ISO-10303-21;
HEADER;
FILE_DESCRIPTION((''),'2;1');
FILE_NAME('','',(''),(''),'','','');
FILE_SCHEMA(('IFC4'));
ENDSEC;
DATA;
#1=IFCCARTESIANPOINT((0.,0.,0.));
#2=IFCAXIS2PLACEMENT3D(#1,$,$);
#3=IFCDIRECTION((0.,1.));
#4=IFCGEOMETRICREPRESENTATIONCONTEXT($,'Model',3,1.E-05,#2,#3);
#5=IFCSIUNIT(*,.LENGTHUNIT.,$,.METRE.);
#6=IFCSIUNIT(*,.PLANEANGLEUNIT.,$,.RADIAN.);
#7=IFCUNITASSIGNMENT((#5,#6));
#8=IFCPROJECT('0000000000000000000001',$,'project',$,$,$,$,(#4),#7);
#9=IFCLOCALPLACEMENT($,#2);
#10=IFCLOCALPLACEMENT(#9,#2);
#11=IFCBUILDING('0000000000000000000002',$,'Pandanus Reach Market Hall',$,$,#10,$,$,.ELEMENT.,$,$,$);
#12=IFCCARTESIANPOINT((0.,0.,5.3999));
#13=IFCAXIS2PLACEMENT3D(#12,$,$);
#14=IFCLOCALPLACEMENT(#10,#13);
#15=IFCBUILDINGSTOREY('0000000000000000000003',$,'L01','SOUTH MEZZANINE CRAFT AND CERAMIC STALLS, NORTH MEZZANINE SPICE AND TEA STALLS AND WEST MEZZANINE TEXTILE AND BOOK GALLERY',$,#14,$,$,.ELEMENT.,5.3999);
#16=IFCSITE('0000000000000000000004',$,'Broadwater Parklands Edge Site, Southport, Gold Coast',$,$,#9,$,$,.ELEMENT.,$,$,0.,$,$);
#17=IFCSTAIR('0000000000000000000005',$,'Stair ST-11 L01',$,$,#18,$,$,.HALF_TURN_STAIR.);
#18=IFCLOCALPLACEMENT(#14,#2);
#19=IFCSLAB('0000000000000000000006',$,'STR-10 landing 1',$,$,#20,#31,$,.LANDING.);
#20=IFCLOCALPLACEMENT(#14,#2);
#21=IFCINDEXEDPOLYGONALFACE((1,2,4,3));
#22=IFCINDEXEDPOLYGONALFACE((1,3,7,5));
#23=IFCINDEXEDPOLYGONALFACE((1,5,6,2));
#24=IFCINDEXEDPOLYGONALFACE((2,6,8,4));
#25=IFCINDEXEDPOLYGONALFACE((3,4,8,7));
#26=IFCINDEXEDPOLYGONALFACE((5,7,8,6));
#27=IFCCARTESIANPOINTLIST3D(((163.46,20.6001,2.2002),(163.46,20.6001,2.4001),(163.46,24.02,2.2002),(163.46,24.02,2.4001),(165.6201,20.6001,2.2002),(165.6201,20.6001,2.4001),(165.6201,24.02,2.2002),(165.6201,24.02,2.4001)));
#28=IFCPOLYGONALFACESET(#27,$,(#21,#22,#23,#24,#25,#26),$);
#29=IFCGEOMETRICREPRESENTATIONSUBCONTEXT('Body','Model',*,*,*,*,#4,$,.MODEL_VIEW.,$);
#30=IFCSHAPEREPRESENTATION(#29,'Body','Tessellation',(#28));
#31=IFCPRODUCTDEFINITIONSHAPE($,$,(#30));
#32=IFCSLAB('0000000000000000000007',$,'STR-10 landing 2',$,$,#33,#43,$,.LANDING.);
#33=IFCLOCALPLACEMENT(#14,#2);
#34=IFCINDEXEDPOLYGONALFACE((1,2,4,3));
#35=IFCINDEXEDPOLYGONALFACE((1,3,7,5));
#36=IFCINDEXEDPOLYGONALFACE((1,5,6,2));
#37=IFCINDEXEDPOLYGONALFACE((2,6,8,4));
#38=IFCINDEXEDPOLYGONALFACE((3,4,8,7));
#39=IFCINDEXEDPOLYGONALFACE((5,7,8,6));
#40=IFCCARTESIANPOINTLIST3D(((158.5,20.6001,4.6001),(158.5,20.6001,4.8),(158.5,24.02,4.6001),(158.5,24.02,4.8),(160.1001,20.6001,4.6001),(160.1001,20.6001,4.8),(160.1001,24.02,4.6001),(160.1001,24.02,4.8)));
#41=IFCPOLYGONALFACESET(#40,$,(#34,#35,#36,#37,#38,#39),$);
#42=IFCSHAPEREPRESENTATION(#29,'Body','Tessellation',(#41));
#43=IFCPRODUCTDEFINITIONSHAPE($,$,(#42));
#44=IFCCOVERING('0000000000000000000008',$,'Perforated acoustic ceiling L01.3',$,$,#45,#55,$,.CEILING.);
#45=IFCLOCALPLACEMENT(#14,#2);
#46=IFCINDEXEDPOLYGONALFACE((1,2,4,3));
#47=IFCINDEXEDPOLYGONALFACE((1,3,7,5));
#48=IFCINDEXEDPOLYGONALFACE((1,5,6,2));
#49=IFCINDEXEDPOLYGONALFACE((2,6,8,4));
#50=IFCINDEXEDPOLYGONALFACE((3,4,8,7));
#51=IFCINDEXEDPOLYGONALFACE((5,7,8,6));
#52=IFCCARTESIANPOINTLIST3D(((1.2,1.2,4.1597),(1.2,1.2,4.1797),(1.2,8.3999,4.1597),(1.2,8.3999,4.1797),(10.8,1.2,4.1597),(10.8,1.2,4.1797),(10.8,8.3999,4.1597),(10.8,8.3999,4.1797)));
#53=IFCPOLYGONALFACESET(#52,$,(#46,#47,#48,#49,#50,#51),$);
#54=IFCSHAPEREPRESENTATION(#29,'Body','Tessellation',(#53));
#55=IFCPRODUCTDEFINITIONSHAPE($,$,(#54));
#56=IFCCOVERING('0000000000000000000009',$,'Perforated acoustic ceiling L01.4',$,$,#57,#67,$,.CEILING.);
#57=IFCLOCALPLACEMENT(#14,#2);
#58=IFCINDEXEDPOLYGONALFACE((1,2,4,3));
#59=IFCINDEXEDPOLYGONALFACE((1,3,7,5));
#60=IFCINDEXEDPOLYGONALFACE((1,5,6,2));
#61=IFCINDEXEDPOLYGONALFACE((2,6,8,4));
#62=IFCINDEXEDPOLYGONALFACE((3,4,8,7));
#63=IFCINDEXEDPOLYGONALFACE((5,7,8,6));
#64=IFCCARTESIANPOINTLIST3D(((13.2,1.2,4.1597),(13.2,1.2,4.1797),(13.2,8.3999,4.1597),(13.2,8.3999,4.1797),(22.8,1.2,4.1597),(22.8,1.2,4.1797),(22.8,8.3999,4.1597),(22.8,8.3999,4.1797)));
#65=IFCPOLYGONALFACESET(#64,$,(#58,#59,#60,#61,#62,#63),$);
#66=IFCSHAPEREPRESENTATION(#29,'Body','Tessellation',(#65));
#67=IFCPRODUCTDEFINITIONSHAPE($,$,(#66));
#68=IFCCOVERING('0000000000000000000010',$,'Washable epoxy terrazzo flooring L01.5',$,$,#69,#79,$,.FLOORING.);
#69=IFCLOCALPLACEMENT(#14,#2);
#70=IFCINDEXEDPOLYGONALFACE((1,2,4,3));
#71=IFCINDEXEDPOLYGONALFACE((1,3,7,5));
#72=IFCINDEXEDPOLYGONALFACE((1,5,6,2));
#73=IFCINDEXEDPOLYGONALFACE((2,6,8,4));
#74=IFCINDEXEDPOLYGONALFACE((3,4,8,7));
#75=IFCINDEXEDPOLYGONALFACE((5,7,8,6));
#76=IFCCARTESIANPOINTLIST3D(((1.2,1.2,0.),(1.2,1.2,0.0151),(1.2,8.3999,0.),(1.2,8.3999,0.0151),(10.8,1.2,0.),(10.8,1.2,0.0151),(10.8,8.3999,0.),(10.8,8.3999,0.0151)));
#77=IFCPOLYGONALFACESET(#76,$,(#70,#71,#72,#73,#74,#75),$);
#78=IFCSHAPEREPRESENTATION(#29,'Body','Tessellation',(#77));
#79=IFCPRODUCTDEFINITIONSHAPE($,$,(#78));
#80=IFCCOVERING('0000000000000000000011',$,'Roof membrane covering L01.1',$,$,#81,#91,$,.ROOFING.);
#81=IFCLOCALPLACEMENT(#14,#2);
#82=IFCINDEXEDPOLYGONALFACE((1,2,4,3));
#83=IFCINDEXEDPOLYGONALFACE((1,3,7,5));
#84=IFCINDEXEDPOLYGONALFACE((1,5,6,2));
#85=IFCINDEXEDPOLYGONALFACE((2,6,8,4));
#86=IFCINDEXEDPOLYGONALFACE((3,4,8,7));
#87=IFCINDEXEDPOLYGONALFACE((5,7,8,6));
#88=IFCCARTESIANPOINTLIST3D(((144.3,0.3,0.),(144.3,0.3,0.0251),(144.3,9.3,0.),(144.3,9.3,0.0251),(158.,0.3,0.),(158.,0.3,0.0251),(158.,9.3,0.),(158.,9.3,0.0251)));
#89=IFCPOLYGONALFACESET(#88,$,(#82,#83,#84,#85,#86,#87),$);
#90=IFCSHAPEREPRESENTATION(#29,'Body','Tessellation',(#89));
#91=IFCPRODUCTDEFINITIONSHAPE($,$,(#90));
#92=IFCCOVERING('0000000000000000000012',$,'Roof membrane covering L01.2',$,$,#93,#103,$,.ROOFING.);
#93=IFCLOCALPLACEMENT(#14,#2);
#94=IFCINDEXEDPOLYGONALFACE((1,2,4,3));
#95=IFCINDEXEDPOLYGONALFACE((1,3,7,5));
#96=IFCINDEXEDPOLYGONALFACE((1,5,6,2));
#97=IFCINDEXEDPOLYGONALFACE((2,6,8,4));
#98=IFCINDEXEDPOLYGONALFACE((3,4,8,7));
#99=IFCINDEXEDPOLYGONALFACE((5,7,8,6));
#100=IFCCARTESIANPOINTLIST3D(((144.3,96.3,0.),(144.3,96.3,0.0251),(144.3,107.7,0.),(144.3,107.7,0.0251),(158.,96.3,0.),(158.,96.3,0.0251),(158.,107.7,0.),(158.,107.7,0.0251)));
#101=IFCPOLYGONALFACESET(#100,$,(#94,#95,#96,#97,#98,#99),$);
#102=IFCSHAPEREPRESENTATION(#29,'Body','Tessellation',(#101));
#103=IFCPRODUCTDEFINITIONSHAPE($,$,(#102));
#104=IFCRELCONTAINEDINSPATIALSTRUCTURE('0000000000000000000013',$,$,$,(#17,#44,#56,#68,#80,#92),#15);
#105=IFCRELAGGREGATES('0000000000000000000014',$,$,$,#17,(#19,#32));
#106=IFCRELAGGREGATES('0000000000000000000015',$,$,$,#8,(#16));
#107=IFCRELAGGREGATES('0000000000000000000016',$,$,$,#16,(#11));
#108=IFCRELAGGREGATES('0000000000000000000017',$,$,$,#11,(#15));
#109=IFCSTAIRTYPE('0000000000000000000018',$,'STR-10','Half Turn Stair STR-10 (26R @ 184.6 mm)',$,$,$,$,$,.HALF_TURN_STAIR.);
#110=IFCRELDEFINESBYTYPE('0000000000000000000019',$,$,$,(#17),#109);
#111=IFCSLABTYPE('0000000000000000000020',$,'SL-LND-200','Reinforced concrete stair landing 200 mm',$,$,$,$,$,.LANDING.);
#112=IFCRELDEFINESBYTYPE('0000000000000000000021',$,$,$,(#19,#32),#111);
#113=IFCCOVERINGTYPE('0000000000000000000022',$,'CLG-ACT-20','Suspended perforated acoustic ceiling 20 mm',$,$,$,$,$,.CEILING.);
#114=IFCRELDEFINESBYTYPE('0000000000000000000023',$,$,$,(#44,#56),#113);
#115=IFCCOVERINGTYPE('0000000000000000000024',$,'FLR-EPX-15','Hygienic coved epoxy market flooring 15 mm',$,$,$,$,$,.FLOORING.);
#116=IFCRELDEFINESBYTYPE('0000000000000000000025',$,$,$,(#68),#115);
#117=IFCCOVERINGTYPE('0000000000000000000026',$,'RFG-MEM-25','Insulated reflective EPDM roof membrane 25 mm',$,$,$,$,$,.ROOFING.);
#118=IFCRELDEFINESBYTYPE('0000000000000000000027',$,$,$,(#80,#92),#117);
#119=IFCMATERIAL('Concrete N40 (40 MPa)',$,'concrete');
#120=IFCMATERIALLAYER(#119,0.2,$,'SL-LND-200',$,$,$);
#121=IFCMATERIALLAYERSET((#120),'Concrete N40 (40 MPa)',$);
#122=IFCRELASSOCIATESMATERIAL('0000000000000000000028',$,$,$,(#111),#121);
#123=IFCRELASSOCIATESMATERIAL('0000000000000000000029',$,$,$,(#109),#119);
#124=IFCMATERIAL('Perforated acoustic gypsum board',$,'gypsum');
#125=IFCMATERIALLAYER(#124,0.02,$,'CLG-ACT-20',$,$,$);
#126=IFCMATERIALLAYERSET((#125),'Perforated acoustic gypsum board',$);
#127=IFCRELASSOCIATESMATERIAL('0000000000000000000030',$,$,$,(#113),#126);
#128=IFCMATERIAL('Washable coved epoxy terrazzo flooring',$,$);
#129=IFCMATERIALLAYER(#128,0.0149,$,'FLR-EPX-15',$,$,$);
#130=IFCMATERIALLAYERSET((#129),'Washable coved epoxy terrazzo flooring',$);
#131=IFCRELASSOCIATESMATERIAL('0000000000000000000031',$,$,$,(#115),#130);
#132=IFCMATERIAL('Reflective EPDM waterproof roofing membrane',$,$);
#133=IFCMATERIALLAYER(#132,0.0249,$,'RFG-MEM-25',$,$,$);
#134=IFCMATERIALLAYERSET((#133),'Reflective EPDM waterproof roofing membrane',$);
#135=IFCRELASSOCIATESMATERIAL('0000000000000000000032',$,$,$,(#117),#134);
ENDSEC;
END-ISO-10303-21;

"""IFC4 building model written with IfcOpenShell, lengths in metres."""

from ifc_helpers import new_model, si_unit, direction, frame, origin, place, context, subcontext, project, spatial, polyline, outline, extrude, material, layer, layer_set, type_object, element, aggregate, save


model = new_model("IFC4")

# Units and contexts
model_context = context("Model", 3, precision=1e-05, world=origin(), true_north=direction((0.0, 1.0)))
body_context = subcontext(model_context, "Body", "Model", "MODEL_VIEW")
ifc_project = project(units=[si_unit("LENGTHUNIT", "METRE"), si_unit("PLANEANGLEUNIT", "RADIAN")], contexts=[model_context])

# Site, building, storey
site_placement = place(None, origin())
site = spatial("IfcSite", under=ifc_project, at=site_placement, Name="Broadwater Parklands Edge Site, Southport, Gold Coast", CompositionType="ELEMENT", RefElevation=0.0)
building_placement = place(site_placement, origin())
building = spatial("IfcBuilding", under=site, at=building_placement, Name="Pandanus Reach Market Hall", CompositionType="ELEMENT")
storey_placement = place(building_placement, frame((0.0, 0.0, 5.3999)))
storey = spatial("IfcBuildingStorey", under=building, at=storey_placement, Name="L01", Description="SOUTH MEZZANINE CRAFT AND CERAMIC STALLS, NORTH MEZZANINE SPICE AND TEA STALLS AND WEST MEZZANINE TEXTILE AND BOOK GALLERY", CompositionType="ELEMENT", Elevation=5.3999)

# Shared definitions
ifc_material_1 = material(Name="Concrete N40 (40 MPa)", Category="concrete")

# Stair, slabs
ifc_layer_1 = layer(ifc_material_1, 0.2, Name="SL-LND-200")
ifc_layer_set_1 = layer_set([ifc_layer_1], Name="Concrete N40 (40 MPa)")
slab_type = type_object("IfcSlabType", Name="SL-LND-200", Description="Reinforced concrete stair landing 200 mm", PredefinedType="LANDING", material=ifc_layer_set_1)
stair_type_1 = type_object("IfcStairType", Name="STR-10", Description="Half Turn Stair STR-10 (26R @ 184.6 mm)", PredefinedType="HALF_TURN_STAIR", material=ifc_material_1)
stair_1_placement = place(storey_placement, origin())
stair_1 = element("IfcStair", 1, at=stair_1_placement, inside=storey, type_object=stair_type_1, Name="Stair ST-11 L01", PredefinedType="HALF_TURN_STAIR")
slab_1_placement = place(storey_placement, frame((0.0, 0.0, 2.2002)))
slab_1 = element("IfcSlab", 2, at=slab_1_placement, type_object=slab_type, Name="STR-10 landing 1", PredefinedType="LANDING", context=body_context, shape_type="SweptSolid", body=[
    extrude(outline(polyline([(163.46, 20.6001), (165.6201, 20.6001), (165.6201, 24.02), (163.46, 24.02), (163.46, 20.6001)])), origin(), (0.0, 0.0, 1.0), 0.2),
])
slab_2_placement = place(storey_placement, frame((0.0, 0.0, 4.6001)))
slab_2 = element("IfcSlab", 3, at=slab_2_placement, type_object=slab_type, Name="STR-10 landing 2", PredefinedType="LANDING", context=body_context, shape_type="SweptSolid", body=[
    extrude(outline(polyline([(158.5, 20.6001), (160.1001, 20.6001), (160.1001, 24.02), (158.5, 24.02), (158.5, 20.6001)])), origin(), (0.0, 0.0, 1.0), 0.2),
])
aggregate(stair_1, [slab_1, slab_2])

# Coverings
ifc_material_2 = material(Name="Perforated acoustic gypsum board", Category="gypsum")
ifc_layer_2 = layer(ifc_material_2, 0.02, Name="CLG-ACT-20")
ifc_layer_set_2 = layer_set([ifc_layer_2], Name="Perforated acoustic gypsum board")
covering_type_1 = type_object("IfcCoveringType", Name="CLG-ACT-20", Description="Suspended perforated acoustic ceiling 20 mm", PredefinedType="CEILING", material=ifc_layer_set_2)
covering_1_placement = place(storey_placement, frame((0.0, 0.0, 4.1597)))
element("IfcCovering", 4, at=covering_1_placement, inside=storey, type_object=covering_type_1, Name="Perforated acoustic ceiling L01.3", PredefinedType="CEILING", context=body_context, shape_type="SweptSolid", body=[
    extrude(outline(polyline([(1.2, 1.2), (10.8, 1.2), (10.8, 8.3999), (1.2, 8.3999), (1.2, 1.2)])), origin(), (0.0, 0.0, 1.0), 0.02),
])
covering_2_placement = place(storey_placement, frame((0.0, 0.0, 4.1597)))
element("IfcCovering", 5, at=covering_2_placement, inside=storey, type_object=covering_type_1, Name="Perforated acoustic ceiling L01.4", PredefinedType="CEILING", context=body_context, shape_type="SweptSolid", body=[
    extrude(outline(polyline([(13.2, 1.2), (22.8, 1.2), (22.8, 8.3999), (13.2, 8.3999), (13.2, 1.2)])), origin(), (0.0, 0.0, 1.0), 0.02),
])
ifc_material_3 = material(Name="Washable coved epoxy terrazzo flooring")
ifc_layer_3 = layer(ifc_material_3, 0.0149, Name="FLR-EPX-15")
ifc_layer_set_3 = layer_set([ifc_layer_3], Name="Washable coved epoxy terrazzo flooring")
covering_type_2 = type_object("IfcCoveringType", Name="FLR-EPX-15", Description="Hygienic coved epoxy market flooring 15 mm", PredefinedType="FLOORING", material=ifc_layer_set_3)
covering_3_placement = place(storey_placement, origin())
element("IfcCovering", 6, at=covering_3_placement, inside=storey, type_object=covering_type_2, Name="Washable epoxy terrazzo flooring L01.5", PredefinedType="FLOORING", context=body_context, shape_type="SweptSolid", body=[
    extrude(outline(polyline([(1.2, 1.2), (10.8, 1.2), (10.8, 8.3999), (1.2, 8.3999), (1.2, 1.2)])), origin(), (0.0, 0.0, 1.0), 0.0151),
])
ifc_material_4 = material(Name="Reflective EPDM waterproof roofing membrane")
ifc_layer_4 = layer(ifc_material_4, 0.0249, Name="RFG-MEM-25")
ifc_layer_set_4 = layer_set([ifc_layer_4], Name="Reflective EPDM waterproof roofing membrane")
covering_type_3 = type_object("IfcCoveringType", Name="RFG-MEM-25", Description="Insulated reflective EPDM roof membrane 25 mm", PredefinedType="ROOFING", material=ifc_layer_set_4)
covering_4_placement = place(storey_placement, origin())
element("IfcCovering", 7, at=covering_4_placement, inside=storey, type_object=covering_type_3, Name="Roof membrane covering L01.1", PredefinedType="ROOFING", context=body_context, shape_type="SweptSolid", body=[
    extrude(outline(polyline([(144.3, 0.3), (158.0, 0.3), (158.0, 9.3), (144.3, 9.3), (144.3, 0.3)])), origin(), (0.0, 0.0, 1.0), 0.0251),
])
covering_5_placement = place(storey_placement, origin())
element("IfcCovering", 8, at=covering_5_placement, inside=storey, type_object=covering_type_3, Name="Roof membrane covering L01.2", PredefinedType="ROOFING", context=body_context, shape_type="SweptSolid", body=[
    extrude(outline(polyline([(144.3, 96.3), (158.0, 96.3), (158.0, 107.7), (144.3, 107.7), (144.3, 96.3)])), origin(), (0.0, 0.0, 1.0), 0.0251),
])

save(model, "model.ifc")
